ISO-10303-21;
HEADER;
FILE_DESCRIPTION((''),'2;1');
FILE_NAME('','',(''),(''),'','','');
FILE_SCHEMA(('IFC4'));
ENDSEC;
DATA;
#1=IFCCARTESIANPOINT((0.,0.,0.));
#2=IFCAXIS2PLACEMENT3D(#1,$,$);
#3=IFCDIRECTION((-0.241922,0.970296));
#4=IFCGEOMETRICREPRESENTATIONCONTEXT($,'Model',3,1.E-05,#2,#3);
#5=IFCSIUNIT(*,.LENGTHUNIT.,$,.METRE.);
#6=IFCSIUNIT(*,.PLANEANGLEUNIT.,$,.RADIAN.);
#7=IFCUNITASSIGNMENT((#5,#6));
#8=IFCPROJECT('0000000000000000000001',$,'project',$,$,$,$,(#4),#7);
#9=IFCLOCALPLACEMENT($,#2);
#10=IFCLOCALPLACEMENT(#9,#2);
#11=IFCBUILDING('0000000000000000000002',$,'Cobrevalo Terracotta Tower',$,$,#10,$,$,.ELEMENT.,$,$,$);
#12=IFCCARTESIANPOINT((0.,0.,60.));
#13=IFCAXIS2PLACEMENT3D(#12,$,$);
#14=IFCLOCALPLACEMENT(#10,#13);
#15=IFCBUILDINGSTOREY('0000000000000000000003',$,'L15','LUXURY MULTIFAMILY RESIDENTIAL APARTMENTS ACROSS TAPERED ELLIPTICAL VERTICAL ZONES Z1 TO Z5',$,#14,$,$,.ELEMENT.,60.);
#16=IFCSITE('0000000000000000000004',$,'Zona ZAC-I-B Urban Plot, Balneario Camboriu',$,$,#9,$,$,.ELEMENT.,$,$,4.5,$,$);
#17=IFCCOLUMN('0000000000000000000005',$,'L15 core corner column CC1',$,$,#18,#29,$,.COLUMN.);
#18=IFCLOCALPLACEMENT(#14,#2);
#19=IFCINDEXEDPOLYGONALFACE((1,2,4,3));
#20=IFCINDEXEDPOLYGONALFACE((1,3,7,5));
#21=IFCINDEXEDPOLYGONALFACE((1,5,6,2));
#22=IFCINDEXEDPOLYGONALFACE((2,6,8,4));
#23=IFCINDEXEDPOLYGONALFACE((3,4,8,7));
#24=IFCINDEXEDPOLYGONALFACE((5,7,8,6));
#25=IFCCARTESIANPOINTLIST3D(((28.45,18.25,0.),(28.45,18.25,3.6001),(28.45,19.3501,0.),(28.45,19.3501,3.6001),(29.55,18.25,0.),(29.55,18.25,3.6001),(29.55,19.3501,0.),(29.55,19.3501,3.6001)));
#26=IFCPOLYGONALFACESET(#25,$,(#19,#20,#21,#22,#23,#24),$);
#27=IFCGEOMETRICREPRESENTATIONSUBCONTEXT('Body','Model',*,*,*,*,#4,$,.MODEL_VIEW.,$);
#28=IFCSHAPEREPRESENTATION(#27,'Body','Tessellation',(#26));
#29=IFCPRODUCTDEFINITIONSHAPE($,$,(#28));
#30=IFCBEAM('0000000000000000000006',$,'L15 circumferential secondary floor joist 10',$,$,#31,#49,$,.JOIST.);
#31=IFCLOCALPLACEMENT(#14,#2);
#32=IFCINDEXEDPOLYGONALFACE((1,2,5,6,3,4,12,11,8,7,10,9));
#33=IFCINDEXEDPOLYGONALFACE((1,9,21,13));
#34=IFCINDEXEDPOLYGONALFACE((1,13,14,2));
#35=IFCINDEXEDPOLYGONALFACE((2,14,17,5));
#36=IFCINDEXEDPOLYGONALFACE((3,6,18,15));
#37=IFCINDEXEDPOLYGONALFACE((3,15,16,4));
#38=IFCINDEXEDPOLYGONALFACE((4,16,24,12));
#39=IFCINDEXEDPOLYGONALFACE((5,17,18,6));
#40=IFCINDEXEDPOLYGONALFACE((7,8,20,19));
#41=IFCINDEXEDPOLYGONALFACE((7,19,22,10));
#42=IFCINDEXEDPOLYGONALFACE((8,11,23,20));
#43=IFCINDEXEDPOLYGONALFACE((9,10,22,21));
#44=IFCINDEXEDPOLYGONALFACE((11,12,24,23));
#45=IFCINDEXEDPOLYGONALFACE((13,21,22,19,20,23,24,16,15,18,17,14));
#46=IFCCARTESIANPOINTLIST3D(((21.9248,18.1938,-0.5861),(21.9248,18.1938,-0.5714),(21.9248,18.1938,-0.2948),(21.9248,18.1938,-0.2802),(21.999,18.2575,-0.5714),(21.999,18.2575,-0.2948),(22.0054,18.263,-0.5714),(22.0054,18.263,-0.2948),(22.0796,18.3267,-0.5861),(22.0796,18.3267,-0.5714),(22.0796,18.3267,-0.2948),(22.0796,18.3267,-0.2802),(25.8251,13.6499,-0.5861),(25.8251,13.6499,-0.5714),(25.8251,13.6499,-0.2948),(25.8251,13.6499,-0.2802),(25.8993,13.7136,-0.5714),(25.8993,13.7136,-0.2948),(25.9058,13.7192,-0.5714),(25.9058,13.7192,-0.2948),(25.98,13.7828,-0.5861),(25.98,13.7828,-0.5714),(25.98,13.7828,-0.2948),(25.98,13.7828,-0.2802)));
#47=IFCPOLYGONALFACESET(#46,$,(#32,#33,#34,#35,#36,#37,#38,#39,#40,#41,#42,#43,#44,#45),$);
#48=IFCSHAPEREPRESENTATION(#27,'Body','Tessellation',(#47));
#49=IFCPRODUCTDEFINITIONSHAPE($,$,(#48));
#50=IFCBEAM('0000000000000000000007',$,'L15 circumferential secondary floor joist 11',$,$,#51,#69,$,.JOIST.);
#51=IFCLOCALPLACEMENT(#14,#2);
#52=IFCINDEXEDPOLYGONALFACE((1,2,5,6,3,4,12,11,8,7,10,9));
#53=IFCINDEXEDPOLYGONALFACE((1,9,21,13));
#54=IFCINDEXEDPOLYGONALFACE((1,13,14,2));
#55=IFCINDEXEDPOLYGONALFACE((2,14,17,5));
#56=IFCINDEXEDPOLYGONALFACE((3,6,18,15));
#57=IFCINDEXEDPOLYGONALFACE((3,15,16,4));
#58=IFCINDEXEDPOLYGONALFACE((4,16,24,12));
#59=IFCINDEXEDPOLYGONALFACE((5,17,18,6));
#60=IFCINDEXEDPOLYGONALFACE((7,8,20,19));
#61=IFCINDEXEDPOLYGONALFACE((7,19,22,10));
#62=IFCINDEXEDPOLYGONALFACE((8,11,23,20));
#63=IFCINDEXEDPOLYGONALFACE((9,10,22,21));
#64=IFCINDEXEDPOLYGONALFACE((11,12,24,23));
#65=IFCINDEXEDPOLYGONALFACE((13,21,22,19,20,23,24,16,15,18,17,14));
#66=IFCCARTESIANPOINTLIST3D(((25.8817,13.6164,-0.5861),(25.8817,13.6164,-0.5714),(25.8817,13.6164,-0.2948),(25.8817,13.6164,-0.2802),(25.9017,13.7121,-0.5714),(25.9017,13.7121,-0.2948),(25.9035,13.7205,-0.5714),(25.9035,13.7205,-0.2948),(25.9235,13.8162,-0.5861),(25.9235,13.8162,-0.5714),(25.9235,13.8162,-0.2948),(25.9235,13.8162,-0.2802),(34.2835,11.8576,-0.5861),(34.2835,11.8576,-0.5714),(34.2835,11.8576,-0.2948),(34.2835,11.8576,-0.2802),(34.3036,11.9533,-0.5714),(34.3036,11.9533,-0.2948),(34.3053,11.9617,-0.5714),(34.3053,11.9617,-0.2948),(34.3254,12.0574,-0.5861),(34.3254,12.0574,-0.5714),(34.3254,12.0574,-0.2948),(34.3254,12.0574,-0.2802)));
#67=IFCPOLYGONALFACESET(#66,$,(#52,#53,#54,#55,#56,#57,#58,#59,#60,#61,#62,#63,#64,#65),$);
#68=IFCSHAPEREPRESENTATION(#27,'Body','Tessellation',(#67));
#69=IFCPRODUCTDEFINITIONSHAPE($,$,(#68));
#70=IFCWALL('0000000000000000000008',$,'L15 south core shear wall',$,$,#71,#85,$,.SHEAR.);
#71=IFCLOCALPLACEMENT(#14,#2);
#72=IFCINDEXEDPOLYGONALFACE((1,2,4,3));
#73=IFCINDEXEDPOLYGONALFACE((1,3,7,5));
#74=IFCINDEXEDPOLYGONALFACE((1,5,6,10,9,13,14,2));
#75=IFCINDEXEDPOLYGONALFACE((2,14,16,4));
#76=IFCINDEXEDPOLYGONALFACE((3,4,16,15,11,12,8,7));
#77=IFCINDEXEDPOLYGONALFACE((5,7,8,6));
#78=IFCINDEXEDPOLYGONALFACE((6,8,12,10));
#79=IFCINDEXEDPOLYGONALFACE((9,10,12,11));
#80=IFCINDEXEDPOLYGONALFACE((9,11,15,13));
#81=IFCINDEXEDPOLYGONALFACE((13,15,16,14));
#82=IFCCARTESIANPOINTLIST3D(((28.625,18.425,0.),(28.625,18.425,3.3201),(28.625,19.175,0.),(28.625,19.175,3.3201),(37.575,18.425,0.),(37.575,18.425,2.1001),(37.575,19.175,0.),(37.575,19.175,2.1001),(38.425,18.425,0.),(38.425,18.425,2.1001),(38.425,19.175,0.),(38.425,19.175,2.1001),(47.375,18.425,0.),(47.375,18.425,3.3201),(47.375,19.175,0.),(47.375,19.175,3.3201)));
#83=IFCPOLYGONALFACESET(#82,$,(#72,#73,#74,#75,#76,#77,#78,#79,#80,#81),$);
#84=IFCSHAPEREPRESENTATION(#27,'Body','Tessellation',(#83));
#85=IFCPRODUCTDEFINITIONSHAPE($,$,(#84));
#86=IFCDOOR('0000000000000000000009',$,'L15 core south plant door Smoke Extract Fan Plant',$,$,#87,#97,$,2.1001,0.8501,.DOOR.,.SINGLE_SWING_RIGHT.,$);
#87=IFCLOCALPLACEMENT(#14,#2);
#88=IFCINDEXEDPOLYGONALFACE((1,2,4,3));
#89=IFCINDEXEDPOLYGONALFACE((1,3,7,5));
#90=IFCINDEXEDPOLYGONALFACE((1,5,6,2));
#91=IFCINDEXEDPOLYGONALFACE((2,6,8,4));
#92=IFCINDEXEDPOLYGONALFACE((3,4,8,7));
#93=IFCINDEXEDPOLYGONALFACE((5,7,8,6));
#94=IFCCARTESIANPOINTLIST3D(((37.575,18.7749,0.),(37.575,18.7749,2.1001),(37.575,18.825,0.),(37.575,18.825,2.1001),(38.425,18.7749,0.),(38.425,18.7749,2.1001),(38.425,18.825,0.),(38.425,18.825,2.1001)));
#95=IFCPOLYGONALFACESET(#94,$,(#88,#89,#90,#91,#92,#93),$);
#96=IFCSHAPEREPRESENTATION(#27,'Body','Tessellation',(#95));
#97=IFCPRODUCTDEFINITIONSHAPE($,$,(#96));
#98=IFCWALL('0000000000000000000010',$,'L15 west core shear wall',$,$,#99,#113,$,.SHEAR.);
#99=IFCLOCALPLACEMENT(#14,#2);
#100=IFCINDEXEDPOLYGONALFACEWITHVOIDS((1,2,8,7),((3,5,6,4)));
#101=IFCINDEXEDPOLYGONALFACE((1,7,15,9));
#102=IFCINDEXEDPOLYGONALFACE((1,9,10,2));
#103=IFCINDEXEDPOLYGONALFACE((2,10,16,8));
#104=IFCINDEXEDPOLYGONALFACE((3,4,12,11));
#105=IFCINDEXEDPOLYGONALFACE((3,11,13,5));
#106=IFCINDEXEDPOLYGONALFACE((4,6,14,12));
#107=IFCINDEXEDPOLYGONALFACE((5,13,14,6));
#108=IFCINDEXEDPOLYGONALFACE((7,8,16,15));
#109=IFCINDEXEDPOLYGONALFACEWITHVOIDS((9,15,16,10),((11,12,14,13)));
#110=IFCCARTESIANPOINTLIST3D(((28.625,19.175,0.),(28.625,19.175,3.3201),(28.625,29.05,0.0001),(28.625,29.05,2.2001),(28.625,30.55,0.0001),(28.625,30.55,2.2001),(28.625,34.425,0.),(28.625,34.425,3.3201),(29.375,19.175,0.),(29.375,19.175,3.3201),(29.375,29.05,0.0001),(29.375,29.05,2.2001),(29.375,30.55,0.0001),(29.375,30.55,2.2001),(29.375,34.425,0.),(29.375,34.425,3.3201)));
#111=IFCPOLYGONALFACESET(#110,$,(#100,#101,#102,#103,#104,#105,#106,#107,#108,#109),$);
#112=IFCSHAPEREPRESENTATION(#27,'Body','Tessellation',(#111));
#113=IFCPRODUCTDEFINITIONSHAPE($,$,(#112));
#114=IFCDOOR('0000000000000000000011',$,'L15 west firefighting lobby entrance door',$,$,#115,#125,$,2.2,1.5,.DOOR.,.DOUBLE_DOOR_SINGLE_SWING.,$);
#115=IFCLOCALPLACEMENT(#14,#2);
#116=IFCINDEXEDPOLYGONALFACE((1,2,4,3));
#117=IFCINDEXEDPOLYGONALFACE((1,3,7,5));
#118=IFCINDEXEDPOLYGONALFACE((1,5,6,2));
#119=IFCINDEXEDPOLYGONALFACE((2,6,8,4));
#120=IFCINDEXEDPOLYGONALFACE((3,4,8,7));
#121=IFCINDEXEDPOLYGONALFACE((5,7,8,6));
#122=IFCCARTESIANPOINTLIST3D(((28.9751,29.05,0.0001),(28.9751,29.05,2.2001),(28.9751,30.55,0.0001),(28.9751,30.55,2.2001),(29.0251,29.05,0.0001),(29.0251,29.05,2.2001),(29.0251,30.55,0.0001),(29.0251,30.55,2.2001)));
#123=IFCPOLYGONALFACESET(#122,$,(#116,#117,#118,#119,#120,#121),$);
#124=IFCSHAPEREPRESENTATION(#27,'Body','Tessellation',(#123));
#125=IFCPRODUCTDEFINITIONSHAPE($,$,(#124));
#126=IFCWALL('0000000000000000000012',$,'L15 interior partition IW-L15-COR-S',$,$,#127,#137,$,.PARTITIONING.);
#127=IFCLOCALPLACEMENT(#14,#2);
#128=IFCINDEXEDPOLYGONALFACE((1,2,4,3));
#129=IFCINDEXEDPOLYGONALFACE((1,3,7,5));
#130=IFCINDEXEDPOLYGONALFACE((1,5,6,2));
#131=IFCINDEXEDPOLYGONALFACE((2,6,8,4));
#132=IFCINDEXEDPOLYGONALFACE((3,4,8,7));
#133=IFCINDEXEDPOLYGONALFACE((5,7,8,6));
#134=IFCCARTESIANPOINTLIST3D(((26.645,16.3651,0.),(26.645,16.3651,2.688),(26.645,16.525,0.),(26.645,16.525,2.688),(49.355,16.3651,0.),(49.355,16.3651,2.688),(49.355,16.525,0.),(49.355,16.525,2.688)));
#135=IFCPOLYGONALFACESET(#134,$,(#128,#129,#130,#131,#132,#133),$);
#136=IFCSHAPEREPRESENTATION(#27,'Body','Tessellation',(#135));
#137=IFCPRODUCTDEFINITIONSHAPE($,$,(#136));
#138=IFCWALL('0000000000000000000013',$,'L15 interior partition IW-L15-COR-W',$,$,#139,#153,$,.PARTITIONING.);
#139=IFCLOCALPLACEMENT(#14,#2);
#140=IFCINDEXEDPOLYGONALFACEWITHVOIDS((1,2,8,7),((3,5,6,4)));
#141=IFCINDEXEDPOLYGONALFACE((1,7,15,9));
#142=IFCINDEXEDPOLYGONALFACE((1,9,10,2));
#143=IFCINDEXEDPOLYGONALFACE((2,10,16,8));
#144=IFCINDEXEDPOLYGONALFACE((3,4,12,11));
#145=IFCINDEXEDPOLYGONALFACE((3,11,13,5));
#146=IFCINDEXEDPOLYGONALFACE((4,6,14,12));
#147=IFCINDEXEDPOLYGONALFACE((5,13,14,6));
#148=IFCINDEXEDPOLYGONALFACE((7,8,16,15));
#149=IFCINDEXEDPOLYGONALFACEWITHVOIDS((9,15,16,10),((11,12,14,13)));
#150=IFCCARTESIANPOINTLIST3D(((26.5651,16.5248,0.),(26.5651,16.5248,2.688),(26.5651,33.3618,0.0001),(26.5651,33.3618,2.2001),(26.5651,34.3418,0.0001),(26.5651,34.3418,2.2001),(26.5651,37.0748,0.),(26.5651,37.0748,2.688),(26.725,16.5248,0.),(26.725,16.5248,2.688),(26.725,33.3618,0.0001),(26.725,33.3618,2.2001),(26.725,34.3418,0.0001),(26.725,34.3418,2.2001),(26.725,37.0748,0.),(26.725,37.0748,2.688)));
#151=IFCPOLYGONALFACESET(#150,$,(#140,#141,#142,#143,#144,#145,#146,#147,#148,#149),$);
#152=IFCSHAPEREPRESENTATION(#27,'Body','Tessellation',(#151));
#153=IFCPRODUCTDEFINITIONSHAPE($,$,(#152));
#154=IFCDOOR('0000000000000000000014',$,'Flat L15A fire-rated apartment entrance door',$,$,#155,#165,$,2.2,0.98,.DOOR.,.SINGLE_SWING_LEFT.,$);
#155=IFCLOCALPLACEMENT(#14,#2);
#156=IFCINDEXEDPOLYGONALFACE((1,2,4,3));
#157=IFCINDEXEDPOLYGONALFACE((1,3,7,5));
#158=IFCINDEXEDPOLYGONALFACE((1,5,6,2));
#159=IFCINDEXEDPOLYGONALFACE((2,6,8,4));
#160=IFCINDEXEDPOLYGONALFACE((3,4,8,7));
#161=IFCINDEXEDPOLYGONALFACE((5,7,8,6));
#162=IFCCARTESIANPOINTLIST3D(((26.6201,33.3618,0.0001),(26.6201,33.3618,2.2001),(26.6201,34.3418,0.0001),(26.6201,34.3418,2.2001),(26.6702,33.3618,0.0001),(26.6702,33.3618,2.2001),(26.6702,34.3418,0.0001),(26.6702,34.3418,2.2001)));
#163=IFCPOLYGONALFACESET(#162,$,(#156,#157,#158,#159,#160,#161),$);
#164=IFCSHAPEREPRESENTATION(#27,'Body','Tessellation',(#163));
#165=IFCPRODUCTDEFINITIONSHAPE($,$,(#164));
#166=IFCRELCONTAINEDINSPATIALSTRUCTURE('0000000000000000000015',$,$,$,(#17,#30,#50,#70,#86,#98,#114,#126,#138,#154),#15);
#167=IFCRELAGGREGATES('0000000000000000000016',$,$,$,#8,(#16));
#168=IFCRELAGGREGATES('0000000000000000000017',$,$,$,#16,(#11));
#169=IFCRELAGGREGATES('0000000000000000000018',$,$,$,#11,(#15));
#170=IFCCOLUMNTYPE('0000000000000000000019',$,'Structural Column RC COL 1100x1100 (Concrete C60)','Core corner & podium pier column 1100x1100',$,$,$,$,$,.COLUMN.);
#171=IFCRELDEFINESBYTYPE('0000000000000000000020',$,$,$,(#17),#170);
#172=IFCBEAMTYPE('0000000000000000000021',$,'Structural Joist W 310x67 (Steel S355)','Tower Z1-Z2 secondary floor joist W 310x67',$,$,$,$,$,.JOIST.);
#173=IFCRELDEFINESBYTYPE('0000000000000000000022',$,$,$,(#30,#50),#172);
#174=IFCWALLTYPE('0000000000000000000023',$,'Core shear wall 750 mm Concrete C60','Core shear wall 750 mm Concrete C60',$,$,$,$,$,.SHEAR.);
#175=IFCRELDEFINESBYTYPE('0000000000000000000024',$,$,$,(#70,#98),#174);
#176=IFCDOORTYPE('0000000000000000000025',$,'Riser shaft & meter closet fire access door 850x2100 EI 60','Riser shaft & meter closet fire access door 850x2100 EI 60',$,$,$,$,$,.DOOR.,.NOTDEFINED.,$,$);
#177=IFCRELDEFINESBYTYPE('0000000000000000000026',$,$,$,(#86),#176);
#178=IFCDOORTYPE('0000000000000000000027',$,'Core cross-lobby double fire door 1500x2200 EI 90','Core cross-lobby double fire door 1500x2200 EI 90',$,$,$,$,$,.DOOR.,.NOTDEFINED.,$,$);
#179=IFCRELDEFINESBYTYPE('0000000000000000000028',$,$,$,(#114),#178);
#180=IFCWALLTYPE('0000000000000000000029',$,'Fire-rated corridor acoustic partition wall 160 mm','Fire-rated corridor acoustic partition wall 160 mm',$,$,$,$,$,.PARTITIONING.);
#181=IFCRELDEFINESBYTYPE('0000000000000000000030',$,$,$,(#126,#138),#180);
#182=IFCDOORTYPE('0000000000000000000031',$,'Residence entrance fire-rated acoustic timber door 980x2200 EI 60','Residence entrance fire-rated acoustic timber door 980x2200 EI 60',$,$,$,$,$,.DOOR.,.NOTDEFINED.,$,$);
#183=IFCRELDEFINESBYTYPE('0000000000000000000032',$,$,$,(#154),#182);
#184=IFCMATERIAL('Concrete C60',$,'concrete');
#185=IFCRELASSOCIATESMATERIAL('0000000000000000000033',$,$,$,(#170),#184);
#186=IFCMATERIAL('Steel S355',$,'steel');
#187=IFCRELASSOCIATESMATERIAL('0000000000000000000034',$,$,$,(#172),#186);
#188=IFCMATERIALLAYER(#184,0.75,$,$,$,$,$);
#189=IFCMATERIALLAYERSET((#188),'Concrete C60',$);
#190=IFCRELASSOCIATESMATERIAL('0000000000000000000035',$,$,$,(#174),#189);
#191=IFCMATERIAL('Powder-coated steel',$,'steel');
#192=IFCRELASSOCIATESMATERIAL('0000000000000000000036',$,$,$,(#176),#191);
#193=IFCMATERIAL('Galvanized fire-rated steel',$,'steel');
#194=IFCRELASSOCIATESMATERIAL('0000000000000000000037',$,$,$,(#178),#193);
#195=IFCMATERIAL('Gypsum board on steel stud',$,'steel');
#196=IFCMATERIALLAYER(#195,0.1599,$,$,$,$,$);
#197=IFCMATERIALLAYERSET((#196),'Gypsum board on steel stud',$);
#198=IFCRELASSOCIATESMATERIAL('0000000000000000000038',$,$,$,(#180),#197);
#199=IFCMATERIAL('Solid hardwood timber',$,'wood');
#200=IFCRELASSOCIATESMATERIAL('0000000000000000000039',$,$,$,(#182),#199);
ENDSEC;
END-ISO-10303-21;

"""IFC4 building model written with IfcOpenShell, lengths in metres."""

from ifc_helpers import new_model, si_unit, direction, frame, frame_2d, origin, origin_2d, place, context, subcontext, project, spatial, rectangle, i_section, extrude, source, transform, mapped, material, layer, layer_set, material_profile, profile_set, type_object, element, fill, save


model = new_model("IFC4")

# Units and contexts
model_context = context("Model", 3, precision=1e-05, world=origin(), true_north=direction((-0.241922, 0.970296)))
body_context = subcontext(model_context, "Body", "Model", "MODEL_VIEW")
ifc_project = project(units=[si_unit("LENGTHUNIT", "METRE"), si_unit("PLANEANGLEUNIT", "RADIAN")], contexts=[model_context])

# Site, building, storey
site_placement = place(None, origin())
site = spatial("IfcSite", under=ifc_project, at=site_placement, Name="Zona ZAC-I-B Urban Plot, Balneario Camboriu", CompositionType="ELEMENT", RefElevation=4.5)
building_placement = place(site_placement, origin())
building = spatial("IfcBuilding", under=site, at=building_placement, Name="Cobrevalo Terracotta Tower", CompositionType="ELEMENT")
storey_placement = place(building_placement, frame((0.0, 0.0, 60.0)))
storey = spatial("IfcBuildingStorey", under=building, at=storey_placement, Name="L15", Description="LUXURY MULTIFAMILY RESIDENTIAL APARTMENTS ACROSS TAPERED ELLIPTICAL VERTICAL ZONES Z1 TO Z5", CompositionType="ELEMENT", Elevation=60.0)

# Column
ifc_material_1 = material(Name="Concrete C60", Category="concrete")
ifc_material_profile_1 = material_profile(ifc_material_1, rectangle(XDim=1.1001, YDim=1.1001, at=origin_2d()), Name="RC COL 1100x1100")
ifc_profile_set_1 = profile_set([ifc_material_profile_1], Name="Concrete C60")
column_type = type_object("IfcColumnType", Name="Structural Column RC COL 1100x1100 (Concrete C60)", Description="Core corner & podium pier column 1100x1100", PredefinedType="COLUMN", material=ifc_profile_set_1)
column_placement = place(storey_placement, frame((29.0, 18.8, 0.0), z_axis=(0.0, 0.0, 1.0), x_axis=(1.0, 0.0, 0.0)))
element("IfcColumn", 1, at=column_placement, inside=storey, type_object=column_type, Name="L15 core corner column CC1", PredefinedType="COLUMN", context=body_context, shape_type="SweptSolid", body=[
    extrude(rectangle(XDim=1.1001, YDim=1.1001, at=origin_2d()), origin(), (0.0, 0.0, 1.0), 3.6001),
])

# Beams
ifc_material_2 = material(Name="Steel S355", Category="steel")
ifc_material_profile_2 = material_profile(ifc_material_2, i_section(OverallWidth=0.2041, OverallDepth=0.3059, WebThickness=0.0085, FlangeThickness=0.0146, at=origin_2d()), Name="W 310x67")
ifc_profile_set_2 = profile_set([ifc_material_profile_2], Name="Steel S355")
beam_type = type_object("IfcBeamType", Name="Structural Joist W 310x67 (Steel S355)", Description="Tower Z1-Z2 secondary floor joist W 310x67", PredefinedType="JOIST", material=ifc_profile_set_2)
beam_1_placement = place(storey_placement, frame((22.0022, 18.2603, -0.4331), z_axis=(0.651328, -0.758796, 0.0), x_axis=(0.758796, 0.651328, 0.0)))
element("IfcBeam", 2, at=beam_1_placement, inside=storey, type_object=beam_type, Name="L15 circumferential secondary floor joist 10", PredefinedType="JOIST", context=body_context, shape_type="SweptSolid", body=[
    extrude(i_section(OverallWidth=0.2041, OverallDepth=0.3059, WebThickness=0.0085, FlangeThickness=0.0146, at=origin_2d()), origin(), (0.0, 0.0, 1.0), 5.9883),
])
beam_2_placement = place(storey_placement, frame((25.9026, 13.7163, -0.4331), z_axis=(0.978785, -0.204892, 0.0), x_axis=(0.204892, 0.978785, 0.0)))
element("IfcBeam", 3, at=beam_2_placement, inside=storey, type_object=beam_type, Name="L15 circumferential secondary floor joist 11", PredefinedType="JOIST", context=body_context, shape_type="SweptSolid", body=[
    extrude(i_section(OverallWidth=0.2041, OverallDepth=0.3059, WebThickness=0.0085, FlangeThickness=0.0146, at=origin_2d()), origin(), (0.0, 0.0, 1.0), 8.584),
])

# Walls, openings, doors
ifc_layer_1 = layer(ifc_material_1, 0.75)
ifc_layer_set_1 = layer_set([ifc_layer_1], Name="Concrete C60")
wall_type_1 = type_object("IfcWallType", Name="Core shear wall 750 mm Concrete C60", Description="Core shear wall 750 mm Concrete C60", PredefinedType="SHEAR", material=ifc_layer_set_1)
wall_1_placement = place(storey_placement, frame((28.625, 18.8, 0.0), z_axis=(0.0, 0.0, 1.0), x_axis=(1.0, 0.0, 0.0)))
wall_1 = element("IfcWall", 4, at=wall_1_placement, inside=storey, type_object=wall_type_1, Name="L15 south core shear wall", PredefinedType="SHEAR", context=body_context, shape_type="SweptSolid", body=[
    extrude(rectangle(XDim=18.75, YDim=0.75, at=frame_2d((9.375, 0.0))), origin(), (0.0, 0.0, 1.0), 3.3201),
])
opening_1_placement = place(wall_1_placement, frame((8.95, 0.0, 0.0)))
opening_1 = element("IfcOpeningElement", 5, at=opening_1_placement, cuts=wall_1, PredefinedType="OPENING", context=body_context, shape_type="SweptSolid", body=[
    extrude(rectangle(XDim=0.8501, YDim=2.1001, at=frame_2d((0.425, 1.05))), frame((0.0, 0.385, 0.0), z_axis=(0.0, -1.0, 0.0), x_axis=(1.0, 0.0, 0.0)), (0.0, 0.0, 1.0), 0.77),
])
ifc_material_3 = material(Name="Powder-coated steel", Category="steel")
door_type_1 = type_object("IfcDoorType", Name="Riser shaft & meter closet fire access door 850x2100 EI 60", Description="Riser shaft & meter closet fire access door 850x2100 EI 60", OperationType="NOTDEFINED", PredefinedType="DOOR", material=ifc_material_3)
shared_shape_1 = source(origin(), body_context, "Body", "SweptSolid", [
    extrude(rectangle(XDim=0.8501, YDim=2.1001, at=frame_2d((0.425, 1.05))), frame((0.0, 0.0249, 0.0), z_axis=(0.0, -1.0, 0.0), x_axis=(1.0, 0.0, 0.0)), (0.0, 0.0, 1.0), 0.05),
])
door_1_placement = place(opening_1_placement, origin())
door_1 = element("IfcDoor", 6, at=door_1_placement, inside=storey, type_object=door_type_1, Name="L15 core south plant door Smoke Extract Fan Plant", OperationType="SINGLE_SWING_RIGHT", OverallHeight=2.1001, OverallWidth=0.8501, PredefinedType="DOOR", context=body_context, shape_type="MappedRepresentation", body=[
    mapped(shared_shape_1, transform((0.0, 0.0, 0.0), scale=1.0)),
])
fill(opening_1, door_1)
wall_2_placement = place(storey_placement, frame((29.0, 19.175, 0.0), z_axis=(0.0, 0.0, 1.0), x_axis=(0.0, 1.0, 0.0)))
wall_2 = element("IfcWall", 7, at=wall_2_placement, inside=storey, type_object=wall_type_1, Name="L15 west core shear wall", PredefinedType="SHEAR", context=body_context, shape_type="SweptSolid", body=[
    extrude(rectangle(XDim=15.25, YDim=0.75, at=frame_2d((7.625, 0.0))), origin(), (0.0, 0.0, 1.0), 3.3201),
])
opening_2_placement = place(wall_2_placement, frame((9.875, 0.0, 0.0)))
opening_2 = element("IfcOpeningElement", 8, at=opening_2_placement, cuts=wall_2, PredefinedType="OPENING", context=body_context, shape_type="SweptSolid", body=[
    extrude(rectangle(XDim=1.5, YDim=2.2, at=frame_2d((0.75, 1.1001))), frame((0.0, 0.385, 0.0), z_axis=(0.0, -1.0, 0.0), x_axis=(1.0, 0.0, 0.0)), (0.0, 0.0, 1.0), 0.77),
])
ifc_material_4 = material(Name="Galvanized fire-rated steel", Category="steel")
door_type_2 = type_object("IfcDoorType", Name="Core cross-lobby double fire door 1500x2200 EI 90", Description="Core cross-lobby double fire door 1500x2200 EI 90", OperationType="NOTDEFINED", PredefinedType="DOOR", material=ifc_material_4)
shared_shape_2 = source(origin(), body_context, "Body", "SweptSolid", [
    extrude(rectangle(XDim=1.5, YDim=2.2, at=frame_2d((0.75, 1.1001))), frame((0.0, 0.0249, 0.0), z_axis=(0.0, -1.0, 0.0), x_axis=(1.0, 0.0, 0.0)), (0.0, 0.0, 1.0), 0.05),
])
door_2_placement = place(opening_2_placement, origin())
door_2 = element("IfcDoor", 9, at=door_2_placement, inside=storey, type_object=door_type_2, Name="L15 west firefighting lobby entrance door", OperationType="DOUBLE_DOOR_SINGLE_SWING", OverallHeight=2.2, OverallWidth=1.5, PredefinedType="DOOR", context=body_context, shape_type="MappedRepresentation", body=[
    mapped(shared_shape_2, transform((0.0, 0.0, 0.0), scale=1.0)),
])
fill(opening_2, door_2)

# Wall
ifc_material_5 = material(Name="Gypsum board on steel stud", Category="steel")
ifc_layer_2 = layer(ifc_material_5, 0.1599)
ifc_layer_set_2 = layer_set([ifc_layer_2], Name="Gypsum board on steel stud")
wall_type_2 = type_object("IfcWallType", Name="Fire-rated corridor acoustic partition wall 160 mm", Description="Fire-rated corridor acoustic partition wall 160 mm", PredefinedType="PARTITIONING", material=ifc_layer_set_2)
wall_3_placement = place(storey_placement, frame((26.645, 16.4451, 0.0), z_axis=(0.0, 0.0, 1.0), x_axis=(1.0, 0.0, 0.0)))
element("IfcWall", 10, at=wall_3_placement, inside=storey, type_object=wall_type_2, Name="L15 interior partition IW-L15-COR-S", PredefinedType="PARTITIONING", context=body_context, shape_type="SweptSolid", body=[
    extrude(rectangle(XDim=22.71, YDim=0.1599, at=frame_2d((11.355, 0.0))), origin(), (0.0, 0.0, 1.0), 2.688),
])

# Wall, opening, door
wall_4_placement = place(storey_placement, frame((26.645, 16.5249, 0.0), z_axis=(0.0, 0.0, 1.0), x_axis=(0.0, 1.0, 0.0)))
wall_4 = element("IfcWall", 11, at=wall_4_placement, inside=storey, type_object=wall_type_2, Name="L15 interior partition IW-L15-COR-W", PredefinedType="PARTITIONING", context=body_context, shape_type="SweptSolid", body=[
    extrude(rectangle(XDim=20.55, YDim=0.1599, at=frame_2d((10.2749, 0.0))), origin(), (0.0, 0.0, 1.0), 2.688),
])
opening_3_placement = place(wall_4_placement, frame((16.8369, 0.0, 0.0)))
opening_3 = element("IfcOpeningElement", 12, at=opening_3_placement, cuts=wall_4, PredefinedType="OPENING", context=body_context, shape_type="SweptSolid", body=[
    extrude(rectangle(XDim=0.98, YDim=2.2, at=frame_2d((0.49, 1.1001))), frame((0.0, 0.0898, 0.0), z_axis=(0.0, -1.0, 0.0), x_axis=(1.0, 0.0, 0.0)), (0.0, 0.0, 1.0), 0.1799),
])
ifc_material_6 = material(Name="Solid hardwood timber", Category="wood")
door_type_3 = type_object("IfcDoorType", Name="Residence entrance fire-rated acoustic timber door 980x2200 EI 60", Description="Residence entrance fire-rated acoustic timber door 980x2200 EI 60", OperationType="NOTDEFINED", PredefinedType="DOOR", material=ifc_material_6)
shared_shape_3 = source(origin(), body_context, "Body", "SweptSolid", [
    extrude(rectangle(XDim=0.98, YDim=2.2, at=frame_2d((0.49, 1.1001))), frame((0.0, 0.0249, 0.0), z_axis=(0.0, -1.0, 0.0), x_axis=(1.0, 0.0, 0.0)), (0.0, 0.0, 1.0), 0.05),
])
door_3_placement = place(opening_3_placement, origin())
door_3 = element("IfcDoor", 13, at=door_3_placement, inside=storey, type_object=door_type_3, Name="Flat L15A fire-rated apartment entrance door", OperationType="SINGLE_SWING_LEFT", OverallHeight=2.2, OverallWidth=0.98, PredefinedType="DOOR", context=body_context, shape_type="MappedRepresentation", body=[
    mapped(shared_shape_3, transform((0.0, 0.0, 0.0), scale=1.0)),
])
fill(opening_3, door_3)

save(model, "model.ifc")
